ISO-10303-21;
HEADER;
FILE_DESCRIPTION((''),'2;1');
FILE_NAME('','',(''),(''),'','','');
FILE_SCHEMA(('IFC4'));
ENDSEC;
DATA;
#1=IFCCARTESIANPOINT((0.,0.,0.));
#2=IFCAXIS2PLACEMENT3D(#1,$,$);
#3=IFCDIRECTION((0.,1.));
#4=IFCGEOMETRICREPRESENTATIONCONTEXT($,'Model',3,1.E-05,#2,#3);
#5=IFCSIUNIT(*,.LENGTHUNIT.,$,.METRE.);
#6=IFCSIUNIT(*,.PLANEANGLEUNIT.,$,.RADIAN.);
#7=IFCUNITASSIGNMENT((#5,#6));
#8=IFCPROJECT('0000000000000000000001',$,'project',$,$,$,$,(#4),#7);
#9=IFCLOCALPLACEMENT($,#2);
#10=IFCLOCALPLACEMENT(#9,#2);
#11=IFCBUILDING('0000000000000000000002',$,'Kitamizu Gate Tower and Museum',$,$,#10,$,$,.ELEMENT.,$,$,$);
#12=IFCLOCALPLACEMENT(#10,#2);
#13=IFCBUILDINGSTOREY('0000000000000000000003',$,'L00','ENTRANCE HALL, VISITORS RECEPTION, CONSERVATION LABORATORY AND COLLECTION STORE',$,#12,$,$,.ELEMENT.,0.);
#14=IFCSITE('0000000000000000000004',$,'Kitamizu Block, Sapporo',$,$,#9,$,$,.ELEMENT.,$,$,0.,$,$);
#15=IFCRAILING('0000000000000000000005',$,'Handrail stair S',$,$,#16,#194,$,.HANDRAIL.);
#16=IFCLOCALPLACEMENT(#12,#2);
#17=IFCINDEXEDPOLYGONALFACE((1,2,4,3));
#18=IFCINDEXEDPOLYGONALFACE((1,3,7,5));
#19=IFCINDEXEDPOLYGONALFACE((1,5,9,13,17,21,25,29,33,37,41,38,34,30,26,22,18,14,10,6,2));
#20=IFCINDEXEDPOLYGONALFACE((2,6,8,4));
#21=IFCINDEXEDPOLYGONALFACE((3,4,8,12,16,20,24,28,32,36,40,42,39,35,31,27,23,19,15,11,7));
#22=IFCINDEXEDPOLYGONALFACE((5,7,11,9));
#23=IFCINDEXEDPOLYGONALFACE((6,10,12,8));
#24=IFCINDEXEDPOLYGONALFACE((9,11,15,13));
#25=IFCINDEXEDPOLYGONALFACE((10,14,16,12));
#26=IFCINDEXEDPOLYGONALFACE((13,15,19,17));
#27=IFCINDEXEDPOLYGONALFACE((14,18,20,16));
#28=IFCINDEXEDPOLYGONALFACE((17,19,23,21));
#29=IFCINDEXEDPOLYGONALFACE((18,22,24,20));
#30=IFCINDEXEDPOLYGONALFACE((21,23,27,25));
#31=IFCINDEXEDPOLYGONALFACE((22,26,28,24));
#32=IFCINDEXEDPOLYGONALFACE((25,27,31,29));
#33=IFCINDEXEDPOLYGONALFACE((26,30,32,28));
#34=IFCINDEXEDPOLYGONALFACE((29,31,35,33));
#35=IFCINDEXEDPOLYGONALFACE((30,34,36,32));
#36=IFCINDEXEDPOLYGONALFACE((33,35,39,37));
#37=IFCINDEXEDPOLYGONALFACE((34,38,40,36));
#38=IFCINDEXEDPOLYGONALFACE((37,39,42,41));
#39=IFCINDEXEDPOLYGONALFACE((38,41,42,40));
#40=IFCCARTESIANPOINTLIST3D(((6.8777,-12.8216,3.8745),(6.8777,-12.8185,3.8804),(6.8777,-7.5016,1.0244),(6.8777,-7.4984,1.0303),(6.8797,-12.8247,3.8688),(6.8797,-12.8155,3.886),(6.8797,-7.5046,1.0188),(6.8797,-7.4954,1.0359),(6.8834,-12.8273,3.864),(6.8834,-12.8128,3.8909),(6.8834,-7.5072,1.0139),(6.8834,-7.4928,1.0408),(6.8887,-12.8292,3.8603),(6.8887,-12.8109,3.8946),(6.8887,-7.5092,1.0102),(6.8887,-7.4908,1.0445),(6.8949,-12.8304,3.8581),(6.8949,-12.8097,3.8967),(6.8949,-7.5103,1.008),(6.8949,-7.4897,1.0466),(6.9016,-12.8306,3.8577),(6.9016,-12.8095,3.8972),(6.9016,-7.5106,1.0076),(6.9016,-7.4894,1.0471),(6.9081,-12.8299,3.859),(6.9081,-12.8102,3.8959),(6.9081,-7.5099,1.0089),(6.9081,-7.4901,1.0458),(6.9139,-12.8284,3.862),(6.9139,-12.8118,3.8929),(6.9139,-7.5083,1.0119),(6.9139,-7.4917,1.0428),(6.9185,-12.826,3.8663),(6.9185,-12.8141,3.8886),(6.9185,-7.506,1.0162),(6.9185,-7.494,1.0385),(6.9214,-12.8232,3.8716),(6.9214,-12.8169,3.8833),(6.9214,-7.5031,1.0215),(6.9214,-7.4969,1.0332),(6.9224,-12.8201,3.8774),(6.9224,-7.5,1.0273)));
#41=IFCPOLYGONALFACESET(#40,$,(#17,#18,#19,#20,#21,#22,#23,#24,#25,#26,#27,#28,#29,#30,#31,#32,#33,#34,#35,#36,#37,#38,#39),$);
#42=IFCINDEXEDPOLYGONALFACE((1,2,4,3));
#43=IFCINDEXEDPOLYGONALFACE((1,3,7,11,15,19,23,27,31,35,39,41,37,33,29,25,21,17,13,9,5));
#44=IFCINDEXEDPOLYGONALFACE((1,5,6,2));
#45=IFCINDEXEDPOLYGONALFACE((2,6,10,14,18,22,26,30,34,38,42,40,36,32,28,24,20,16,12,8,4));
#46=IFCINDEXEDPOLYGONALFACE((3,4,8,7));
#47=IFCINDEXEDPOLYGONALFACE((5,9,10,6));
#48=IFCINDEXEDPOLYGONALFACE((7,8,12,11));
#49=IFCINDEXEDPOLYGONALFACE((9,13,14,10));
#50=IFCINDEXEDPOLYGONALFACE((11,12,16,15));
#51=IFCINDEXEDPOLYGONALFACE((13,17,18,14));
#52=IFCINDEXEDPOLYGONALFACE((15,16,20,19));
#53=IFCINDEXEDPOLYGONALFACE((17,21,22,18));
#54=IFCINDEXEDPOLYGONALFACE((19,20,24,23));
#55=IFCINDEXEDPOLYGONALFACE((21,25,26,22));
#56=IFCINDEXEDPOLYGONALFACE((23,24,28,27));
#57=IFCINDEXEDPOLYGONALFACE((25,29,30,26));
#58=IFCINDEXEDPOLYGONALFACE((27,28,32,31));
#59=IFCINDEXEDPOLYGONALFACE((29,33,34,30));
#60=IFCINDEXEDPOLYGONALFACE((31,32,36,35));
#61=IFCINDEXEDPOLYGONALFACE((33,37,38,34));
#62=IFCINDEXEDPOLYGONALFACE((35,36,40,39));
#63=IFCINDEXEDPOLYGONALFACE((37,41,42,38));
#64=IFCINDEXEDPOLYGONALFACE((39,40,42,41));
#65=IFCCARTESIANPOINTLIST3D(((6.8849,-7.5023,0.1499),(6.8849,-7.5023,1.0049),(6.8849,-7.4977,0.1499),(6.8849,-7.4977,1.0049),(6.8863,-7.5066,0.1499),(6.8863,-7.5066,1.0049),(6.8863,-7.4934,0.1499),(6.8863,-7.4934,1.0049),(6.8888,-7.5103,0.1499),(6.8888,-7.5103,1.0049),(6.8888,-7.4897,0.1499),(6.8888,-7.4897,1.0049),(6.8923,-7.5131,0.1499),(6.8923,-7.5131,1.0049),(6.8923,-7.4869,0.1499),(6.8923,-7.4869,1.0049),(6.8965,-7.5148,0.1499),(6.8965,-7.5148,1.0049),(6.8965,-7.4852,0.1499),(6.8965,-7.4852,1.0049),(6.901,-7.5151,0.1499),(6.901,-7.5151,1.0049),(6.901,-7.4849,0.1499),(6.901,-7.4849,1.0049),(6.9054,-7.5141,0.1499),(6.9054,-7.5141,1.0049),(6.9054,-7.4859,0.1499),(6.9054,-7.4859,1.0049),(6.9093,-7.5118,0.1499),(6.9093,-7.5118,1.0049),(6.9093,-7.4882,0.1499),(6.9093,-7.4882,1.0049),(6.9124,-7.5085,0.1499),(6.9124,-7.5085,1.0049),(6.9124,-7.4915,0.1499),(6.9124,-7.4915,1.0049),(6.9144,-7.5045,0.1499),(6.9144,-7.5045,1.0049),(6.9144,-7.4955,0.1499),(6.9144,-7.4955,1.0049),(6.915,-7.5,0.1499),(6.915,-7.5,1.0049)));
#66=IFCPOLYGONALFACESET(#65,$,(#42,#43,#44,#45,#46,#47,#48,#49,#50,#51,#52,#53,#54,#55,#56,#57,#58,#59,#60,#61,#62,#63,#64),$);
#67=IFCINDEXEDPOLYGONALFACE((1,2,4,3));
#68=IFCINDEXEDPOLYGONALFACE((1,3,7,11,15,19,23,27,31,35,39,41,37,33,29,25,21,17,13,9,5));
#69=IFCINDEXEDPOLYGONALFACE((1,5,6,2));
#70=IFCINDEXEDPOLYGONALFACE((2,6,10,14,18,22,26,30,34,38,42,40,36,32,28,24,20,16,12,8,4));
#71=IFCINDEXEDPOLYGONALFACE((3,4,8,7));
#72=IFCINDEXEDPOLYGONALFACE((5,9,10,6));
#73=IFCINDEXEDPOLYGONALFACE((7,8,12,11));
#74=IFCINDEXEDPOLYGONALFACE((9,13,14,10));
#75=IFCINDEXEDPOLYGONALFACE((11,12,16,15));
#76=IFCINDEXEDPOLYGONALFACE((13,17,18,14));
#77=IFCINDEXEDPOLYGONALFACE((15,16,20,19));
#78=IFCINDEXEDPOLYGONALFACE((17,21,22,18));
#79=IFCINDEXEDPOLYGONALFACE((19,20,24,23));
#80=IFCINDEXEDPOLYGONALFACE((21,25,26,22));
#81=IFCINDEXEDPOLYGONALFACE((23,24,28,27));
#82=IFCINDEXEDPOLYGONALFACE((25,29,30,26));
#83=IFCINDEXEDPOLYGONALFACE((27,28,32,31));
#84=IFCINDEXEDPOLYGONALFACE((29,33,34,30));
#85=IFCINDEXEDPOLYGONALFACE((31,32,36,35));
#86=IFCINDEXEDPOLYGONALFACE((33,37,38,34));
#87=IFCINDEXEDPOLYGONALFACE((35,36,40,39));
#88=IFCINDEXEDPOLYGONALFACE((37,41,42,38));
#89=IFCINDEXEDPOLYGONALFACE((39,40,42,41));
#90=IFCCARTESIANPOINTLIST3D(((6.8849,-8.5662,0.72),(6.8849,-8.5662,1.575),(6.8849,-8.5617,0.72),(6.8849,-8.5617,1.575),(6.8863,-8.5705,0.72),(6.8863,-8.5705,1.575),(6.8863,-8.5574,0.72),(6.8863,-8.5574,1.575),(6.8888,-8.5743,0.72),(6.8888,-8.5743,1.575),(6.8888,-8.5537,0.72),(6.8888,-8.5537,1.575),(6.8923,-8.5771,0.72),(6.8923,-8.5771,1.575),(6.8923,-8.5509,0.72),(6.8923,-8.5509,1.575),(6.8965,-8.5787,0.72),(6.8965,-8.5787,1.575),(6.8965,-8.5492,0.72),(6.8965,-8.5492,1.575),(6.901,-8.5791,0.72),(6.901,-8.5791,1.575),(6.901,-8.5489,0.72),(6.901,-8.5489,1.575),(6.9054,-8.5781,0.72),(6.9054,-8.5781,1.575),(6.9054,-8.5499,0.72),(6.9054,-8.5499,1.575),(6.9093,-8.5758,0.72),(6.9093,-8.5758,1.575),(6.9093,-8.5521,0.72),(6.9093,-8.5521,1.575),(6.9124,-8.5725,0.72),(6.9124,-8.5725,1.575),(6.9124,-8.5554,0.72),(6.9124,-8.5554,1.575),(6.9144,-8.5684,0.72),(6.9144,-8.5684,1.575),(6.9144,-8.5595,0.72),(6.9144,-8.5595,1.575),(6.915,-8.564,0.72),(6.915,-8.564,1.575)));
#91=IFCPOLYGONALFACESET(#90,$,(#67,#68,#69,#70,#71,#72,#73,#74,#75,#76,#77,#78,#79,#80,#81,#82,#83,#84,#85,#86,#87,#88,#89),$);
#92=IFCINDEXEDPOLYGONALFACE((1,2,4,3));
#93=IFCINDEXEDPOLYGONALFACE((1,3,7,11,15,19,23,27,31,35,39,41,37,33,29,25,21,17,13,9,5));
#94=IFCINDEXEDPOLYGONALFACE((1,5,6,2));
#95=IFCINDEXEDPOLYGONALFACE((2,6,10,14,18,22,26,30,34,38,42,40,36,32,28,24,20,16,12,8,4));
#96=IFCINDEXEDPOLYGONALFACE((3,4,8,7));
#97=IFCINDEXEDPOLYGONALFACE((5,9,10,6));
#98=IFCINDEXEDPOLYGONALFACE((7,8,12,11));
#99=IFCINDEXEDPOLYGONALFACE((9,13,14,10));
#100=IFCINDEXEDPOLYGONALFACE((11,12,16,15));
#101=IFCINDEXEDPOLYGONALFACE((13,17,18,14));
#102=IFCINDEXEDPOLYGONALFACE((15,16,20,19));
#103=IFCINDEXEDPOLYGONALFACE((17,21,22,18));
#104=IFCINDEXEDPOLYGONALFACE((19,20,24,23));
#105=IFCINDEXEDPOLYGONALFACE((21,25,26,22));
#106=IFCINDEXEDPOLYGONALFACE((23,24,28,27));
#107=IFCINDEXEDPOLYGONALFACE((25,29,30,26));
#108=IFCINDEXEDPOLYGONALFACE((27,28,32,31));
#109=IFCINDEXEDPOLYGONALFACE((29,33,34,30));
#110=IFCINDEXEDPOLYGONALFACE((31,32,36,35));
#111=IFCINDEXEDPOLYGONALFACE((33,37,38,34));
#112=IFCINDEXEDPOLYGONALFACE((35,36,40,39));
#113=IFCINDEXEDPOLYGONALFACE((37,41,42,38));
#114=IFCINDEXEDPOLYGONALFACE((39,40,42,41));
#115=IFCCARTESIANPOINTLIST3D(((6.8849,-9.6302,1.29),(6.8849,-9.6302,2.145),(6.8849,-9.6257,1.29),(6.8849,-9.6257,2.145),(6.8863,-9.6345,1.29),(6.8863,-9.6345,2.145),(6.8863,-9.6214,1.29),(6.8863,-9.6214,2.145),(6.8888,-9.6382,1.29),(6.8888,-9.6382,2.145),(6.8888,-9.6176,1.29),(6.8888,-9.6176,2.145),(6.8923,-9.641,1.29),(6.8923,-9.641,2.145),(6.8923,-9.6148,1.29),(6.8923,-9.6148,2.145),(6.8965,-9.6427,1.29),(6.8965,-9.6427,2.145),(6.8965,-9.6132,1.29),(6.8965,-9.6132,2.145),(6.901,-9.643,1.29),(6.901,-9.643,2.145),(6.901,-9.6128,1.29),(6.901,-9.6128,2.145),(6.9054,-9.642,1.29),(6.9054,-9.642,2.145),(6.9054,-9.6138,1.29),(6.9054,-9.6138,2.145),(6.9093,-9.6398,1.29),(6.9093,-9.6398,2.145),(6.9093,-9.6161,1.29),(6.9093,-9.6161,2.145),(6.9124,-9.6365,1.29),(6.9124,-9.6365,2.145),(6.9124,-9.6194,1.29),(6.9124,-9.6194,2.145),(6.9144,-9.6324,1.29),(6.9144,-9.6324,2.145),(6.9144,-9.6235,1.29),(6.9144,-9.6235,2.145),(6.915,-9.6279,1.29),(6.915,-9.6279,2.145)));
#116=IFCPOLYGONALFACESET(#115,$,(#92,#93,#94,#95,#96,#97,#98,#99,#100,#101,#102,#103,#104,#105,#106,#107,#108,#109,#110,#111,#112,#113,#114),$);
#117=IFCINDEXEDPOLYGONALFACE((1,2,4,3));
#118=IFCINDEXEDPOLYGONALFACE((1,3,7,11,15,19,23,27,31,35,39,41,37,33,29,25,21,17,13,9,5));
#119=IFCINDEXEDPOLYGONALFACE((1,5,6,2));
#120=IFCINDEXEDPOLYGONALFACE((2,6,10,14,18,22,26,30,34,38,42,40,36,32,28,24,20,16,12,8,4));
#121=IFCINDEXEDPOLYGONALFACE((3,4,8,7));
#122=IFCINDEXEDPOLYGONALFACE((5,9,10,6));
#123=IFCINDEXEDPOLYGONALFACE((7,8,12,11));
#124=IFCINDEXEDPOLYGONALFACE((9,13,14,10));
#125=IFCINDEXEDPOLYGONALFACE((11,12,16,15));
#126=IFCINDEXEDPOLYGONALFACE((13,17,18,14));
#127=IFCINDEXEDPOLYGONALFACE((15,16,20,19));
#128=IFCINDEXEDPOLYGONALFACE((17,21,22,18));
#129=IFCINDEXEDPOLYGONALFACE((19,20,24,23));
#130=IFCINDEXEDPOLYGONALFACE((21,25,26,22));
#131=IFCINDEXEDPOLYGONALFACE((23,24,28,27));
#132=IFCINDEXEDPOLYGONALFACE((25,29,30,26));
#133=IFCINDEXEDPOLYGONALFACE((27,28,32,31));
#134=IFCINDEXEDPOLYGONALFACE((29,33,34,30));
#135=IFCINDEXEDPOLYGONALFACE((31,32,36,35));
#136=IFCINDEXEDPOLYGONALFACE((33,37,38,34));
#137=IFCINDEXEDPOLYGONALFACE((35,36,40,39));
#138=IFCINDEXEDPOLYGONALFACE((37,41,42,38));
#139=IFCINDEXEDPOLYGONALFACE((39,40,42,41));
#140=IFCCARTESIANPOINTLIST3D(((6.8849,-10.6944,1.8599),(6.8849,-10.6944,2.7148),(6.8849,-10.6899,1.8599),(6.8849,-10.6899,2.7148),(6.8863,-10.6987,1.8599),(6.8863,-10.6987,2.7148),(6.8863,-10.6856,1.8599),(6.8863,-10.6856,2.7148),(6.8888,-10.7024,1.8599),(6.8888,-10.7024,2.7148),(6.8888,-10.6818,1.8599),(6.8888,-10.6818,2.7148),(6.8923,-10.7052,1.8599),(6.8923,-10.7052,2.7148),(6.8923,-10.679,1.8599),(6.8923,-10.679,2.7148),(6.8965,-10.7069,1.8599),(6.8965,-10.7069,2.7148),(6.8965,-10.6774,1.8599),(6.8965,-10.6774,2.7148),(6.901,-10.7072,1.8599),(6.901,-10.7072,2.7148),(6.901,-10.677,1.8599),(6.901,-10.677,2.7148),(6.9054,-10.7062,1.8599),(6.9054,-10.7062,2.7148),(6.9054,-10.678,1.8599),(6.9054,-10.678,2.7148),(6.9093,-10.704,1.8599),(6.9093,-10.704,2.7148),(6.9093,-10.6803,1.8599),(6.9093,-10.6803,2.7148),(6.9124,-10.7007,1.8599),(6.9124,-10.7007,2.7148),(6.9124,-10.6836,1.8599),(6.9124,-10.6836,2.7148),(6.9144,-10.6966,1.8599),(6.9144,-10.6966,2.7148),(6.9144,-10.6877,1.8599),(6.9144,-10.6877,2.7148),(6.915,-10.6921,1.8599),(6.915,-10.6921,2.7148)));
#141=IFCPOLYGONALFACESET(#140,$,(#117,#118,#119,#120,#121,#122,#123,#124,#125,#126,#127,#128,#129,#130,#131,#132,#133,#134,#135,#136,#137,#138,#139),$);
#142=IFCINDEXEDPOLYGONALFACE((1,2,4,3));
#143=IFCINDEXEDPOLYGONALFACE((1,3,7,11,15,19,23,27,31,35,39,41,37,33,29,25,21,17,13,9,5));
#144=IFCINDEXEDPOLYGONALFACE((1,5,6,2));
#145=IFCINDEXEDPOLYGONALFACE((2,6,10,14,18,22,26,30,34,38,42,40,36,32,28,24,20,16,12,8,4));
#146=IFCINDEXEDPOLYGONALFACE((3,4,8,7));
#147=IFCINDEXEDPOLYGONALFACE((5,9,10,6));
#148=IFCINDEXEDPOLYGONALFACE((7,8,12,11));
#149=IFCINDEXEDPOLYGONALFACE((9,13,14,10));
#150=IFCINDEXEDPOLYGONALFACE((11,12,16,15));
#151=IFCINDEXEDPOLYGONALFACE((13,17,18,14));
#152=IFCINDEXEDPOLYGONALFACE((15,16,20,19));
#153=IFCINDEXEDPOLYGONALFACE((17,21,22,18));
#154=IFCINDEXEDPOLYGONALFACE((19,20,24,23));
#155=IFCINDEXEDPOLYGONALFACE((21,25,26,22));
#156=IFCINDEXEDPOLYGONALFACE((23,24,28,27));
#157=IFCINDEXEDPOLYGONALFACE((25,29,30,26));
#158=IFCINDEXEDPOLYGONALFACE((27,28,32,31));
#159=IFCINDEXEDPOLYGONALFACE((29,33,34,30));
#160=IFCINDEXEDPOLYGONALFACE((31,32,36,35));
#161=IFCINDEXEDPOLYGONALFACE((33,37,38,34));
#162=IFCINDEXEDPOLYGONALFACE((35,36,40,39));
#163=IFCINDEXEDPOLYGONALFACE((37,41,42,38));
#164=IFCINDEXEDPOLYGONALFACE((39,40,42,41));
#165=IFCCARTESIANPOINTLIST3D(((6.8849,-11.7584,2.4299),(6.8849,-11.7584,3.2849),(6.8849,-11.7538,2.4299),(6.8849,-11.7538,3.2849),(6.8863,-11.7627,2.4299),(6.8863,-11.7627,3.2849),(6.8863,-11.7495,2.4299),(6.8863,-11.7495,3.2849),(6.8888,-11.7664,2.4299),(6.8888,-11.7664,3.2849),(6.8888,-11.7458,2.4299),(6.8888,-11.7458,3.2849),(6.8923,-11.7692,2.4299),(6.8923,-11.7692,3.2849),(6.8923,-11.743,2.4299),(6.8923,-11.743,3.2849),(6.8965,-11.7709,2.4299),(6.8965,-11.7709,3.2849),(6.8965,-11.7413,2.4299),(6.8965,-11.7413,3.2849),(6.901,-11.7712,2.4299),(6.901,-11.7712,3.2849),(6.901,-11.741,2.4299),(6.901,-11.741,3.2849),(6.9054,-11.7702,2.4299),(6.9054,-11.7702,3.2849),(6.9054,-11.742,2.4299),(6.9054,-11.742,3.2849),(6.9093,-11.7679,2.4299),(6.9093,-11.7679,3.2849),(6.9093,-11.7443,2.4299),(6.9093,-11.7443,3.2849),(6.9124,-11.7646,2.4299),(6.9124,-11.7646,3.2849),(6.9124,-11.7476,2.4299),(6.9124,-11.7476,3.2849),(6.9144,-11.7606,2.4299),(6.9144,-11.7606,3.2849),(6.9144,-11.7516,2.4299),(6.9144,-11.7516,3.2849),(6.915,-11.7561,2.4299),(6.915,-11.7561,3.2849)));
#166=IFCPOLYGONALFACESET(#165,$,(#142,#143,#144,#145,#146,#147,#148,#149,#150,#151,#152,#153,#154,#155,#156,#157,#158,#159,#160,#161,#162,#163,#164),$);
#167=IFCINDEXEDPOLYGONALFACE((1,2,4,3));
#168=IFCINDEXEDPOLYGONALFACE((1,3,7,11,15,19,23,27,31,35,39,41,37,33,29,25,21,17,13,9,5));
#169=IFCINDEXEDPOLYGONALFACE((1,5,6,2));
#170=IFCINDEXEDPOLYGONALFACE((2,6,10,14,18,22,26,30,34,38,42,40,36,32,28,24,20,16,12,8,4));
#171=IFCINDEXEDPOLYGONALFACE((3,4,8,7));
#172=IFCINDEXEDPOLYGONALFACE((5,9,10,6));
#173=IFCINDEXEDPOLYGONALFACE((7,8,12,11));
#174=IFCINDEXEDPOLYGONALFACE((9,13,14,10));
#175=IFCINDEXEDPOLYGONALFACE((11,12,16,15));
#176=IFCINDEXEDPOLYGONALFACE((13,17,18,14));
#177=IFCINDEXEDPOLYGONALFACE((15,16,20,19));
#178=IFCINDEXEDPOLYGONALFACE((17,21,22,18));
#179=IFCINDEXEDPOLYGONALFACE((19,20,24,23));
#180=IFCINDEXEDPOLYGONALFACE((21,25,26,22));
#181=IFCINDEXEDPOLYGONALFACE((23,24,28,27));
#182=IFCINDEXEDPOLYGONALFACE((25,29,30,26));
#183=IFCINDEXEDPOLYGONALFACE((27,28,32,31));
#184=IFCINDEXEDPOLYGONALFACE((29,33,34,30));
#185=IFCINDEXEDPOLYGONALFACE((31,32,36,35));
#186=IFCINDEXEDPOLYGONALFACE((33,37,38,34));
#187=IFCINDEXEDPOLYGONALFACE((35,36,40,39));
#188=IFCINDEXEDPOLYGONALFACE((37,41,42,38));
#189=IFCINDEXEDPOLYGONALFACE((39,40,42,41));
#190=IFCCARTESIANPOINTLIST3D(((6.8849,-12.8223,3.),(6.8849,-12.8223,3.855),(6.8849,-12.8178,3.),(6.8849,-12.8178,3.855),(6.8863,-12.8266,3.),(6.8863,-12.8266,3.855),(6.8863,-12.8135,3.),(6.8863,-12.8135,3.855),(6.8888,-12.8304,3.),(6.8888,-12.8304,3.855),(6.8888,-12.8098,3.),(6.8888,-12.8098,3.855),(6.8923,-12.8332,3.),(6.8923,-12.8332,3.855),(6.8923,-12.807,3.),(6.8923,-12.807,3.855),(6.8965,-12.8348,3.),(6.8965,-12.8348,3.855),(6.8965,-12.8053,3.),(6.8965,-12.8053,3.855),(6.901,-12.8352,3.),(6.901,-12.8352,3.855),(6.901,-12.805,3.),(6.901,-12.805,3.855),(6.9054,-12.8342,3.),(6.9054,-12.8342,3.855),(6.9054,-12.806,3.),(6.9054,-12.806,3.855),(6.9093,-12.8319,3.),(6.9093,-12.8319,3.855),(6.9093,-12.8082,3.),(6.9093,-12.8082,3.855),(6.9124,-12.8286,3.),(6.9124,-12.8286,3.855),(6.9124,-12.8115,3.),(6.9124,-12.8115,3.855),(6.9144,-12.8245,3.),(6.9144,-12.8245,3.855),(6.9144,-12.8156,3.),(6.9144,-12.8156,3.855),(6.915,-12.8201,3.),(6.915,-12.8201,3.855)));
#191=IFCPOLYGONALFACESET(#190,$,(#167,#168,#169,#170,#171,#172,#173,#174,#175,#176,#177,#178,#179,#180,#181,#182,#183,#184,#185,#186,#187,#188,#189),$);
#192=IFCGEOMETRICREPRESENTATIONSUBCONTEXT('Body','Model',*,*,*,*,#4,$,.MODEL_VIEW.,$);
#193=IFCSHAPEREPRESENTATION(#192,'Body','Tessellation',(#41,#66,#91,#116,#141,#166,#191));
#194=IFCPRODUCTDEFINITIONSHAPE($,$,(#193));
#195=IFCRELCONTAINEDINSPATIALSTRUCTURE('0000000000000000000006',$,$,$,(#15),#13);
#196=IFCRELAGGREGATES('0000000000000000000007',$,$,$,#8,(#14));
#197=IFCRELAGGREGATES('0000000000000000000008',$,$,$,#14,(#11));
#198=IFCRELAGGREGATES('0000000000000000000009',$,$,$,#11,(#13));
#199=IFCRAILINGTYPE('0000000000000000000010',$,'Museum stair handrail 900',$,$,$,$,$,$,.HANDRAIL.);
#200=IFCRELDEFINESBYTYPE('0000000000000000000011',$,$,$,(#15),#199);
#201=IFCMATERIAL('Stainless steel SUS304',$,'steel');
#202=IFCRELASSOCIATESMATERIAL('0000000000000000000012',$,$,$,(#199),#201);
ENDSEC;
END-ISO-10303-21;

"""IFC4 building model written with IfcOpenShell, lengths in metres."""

from ifc_helpers import new_model, si_unit, direction, frame, origin, origin_2d, place, context, subcontext, project, spatial, circle, extrude, material, type_object, element, save


model = new_model("IFC4")

# Units and contexts
model_context = context("Model", 3, precision=1e-05, world=origin(), true_north=direction((0.0, 1.0)))
body_context = subcontext(model_context, "Body", "Model", "MODEL_VIEW")
ifc_project = project(units=[si_unit("LENGTHUNIT", "METRE"), si_unit("PLANEANGLEUNIT", "RADIAN")], contexts=[model_context])

# Site, building, storey
site_placement = place(None, origin())
site = spatial("IfcSite", under=ifc_project, at=site_placement, Name="Kitamizu Block, Sapporo", CompositionType="ELEMENT", RefElevation=0.0)
building_placement = place(site_placement, origin())
building = spatial("IfcBuilding", under=site, at=building_placement, Name="Kitamizu Gate Tower and Museum", CompositionType="ELEMENT")
storey_placement = place(building_placement, origin())
storey = spatial("IfcBuildingStorey", under=building, at=storey_placement, Name="L00", Description="ENTRANCE HALL, VISITORS RECEPTION, CONSERVATION LABORATORY AND COLLECTION STORE", CompositionType="ELEMENT", Elevation=0.0)

# Railing
ifc_material_1 = material(Name="Stainless steel SUS304", Category="steel")
railing_type = type_object("IfcRailingType", Name="Museum stair handrail 900", PredefinedType="HANDRAIL", material=ifc_material_1)
for number, where, name in (
    (1, (6.8999, -7.5, 0.1499), "Handrail stair S"),
):
    element("IfcRailing", number, at=place(storey_placement, frame(where)), inside=storey, type_object=railing_type, Name=name, PredefinedType="HANDRAIL", context=body_context, shape_type="SweptSolid", body=[
        extrude(circle(Radius=0.0225, at=origin_2d()), frame((0.0, 0.0, 0.8774), z_axis=(0.0, -0.881476, 0.472229), x_axis=(1.0, 0.0, 0.0)), (0.0, 0.0, 1.0), 6.0354),
        extrude(circle(Radius=0.0151, at=origin_2d()), origin(), (0.0, 0.0, 1.0), 0.855),
        extrude(circle(Radius=0.0151, at=origin_2d()), frame((0.0, -1.064, 0.5701)), (0.0, 0.0, 1.0), 0.855),
        extrude(circle(Radius=0.0151, at=origin_2d()), frame((0.0, -2.1279, 1.1401)), (0.0, 0.0, 1.0), 0.855),
        extrude(circle(Radius=0.0151, at=origin_2d()), frame((0.0, -3.1921, 1.71)), (0.0, 0.0, 1.0), 0.855),
        extrude(circle(Radius=0.0151, at=origin_2d()), frame((0.0, -4.2561, 2.28)), (0.0, 0.0, 1.0), 0.855),
        extrude(circle(Radius=0.0151, at=origin_2d()), frame((0.0, -5.3201, 2.8501)), (0.0, 0.0, 1.0), 0.855),
    ])

save(model, "model.ifc")
